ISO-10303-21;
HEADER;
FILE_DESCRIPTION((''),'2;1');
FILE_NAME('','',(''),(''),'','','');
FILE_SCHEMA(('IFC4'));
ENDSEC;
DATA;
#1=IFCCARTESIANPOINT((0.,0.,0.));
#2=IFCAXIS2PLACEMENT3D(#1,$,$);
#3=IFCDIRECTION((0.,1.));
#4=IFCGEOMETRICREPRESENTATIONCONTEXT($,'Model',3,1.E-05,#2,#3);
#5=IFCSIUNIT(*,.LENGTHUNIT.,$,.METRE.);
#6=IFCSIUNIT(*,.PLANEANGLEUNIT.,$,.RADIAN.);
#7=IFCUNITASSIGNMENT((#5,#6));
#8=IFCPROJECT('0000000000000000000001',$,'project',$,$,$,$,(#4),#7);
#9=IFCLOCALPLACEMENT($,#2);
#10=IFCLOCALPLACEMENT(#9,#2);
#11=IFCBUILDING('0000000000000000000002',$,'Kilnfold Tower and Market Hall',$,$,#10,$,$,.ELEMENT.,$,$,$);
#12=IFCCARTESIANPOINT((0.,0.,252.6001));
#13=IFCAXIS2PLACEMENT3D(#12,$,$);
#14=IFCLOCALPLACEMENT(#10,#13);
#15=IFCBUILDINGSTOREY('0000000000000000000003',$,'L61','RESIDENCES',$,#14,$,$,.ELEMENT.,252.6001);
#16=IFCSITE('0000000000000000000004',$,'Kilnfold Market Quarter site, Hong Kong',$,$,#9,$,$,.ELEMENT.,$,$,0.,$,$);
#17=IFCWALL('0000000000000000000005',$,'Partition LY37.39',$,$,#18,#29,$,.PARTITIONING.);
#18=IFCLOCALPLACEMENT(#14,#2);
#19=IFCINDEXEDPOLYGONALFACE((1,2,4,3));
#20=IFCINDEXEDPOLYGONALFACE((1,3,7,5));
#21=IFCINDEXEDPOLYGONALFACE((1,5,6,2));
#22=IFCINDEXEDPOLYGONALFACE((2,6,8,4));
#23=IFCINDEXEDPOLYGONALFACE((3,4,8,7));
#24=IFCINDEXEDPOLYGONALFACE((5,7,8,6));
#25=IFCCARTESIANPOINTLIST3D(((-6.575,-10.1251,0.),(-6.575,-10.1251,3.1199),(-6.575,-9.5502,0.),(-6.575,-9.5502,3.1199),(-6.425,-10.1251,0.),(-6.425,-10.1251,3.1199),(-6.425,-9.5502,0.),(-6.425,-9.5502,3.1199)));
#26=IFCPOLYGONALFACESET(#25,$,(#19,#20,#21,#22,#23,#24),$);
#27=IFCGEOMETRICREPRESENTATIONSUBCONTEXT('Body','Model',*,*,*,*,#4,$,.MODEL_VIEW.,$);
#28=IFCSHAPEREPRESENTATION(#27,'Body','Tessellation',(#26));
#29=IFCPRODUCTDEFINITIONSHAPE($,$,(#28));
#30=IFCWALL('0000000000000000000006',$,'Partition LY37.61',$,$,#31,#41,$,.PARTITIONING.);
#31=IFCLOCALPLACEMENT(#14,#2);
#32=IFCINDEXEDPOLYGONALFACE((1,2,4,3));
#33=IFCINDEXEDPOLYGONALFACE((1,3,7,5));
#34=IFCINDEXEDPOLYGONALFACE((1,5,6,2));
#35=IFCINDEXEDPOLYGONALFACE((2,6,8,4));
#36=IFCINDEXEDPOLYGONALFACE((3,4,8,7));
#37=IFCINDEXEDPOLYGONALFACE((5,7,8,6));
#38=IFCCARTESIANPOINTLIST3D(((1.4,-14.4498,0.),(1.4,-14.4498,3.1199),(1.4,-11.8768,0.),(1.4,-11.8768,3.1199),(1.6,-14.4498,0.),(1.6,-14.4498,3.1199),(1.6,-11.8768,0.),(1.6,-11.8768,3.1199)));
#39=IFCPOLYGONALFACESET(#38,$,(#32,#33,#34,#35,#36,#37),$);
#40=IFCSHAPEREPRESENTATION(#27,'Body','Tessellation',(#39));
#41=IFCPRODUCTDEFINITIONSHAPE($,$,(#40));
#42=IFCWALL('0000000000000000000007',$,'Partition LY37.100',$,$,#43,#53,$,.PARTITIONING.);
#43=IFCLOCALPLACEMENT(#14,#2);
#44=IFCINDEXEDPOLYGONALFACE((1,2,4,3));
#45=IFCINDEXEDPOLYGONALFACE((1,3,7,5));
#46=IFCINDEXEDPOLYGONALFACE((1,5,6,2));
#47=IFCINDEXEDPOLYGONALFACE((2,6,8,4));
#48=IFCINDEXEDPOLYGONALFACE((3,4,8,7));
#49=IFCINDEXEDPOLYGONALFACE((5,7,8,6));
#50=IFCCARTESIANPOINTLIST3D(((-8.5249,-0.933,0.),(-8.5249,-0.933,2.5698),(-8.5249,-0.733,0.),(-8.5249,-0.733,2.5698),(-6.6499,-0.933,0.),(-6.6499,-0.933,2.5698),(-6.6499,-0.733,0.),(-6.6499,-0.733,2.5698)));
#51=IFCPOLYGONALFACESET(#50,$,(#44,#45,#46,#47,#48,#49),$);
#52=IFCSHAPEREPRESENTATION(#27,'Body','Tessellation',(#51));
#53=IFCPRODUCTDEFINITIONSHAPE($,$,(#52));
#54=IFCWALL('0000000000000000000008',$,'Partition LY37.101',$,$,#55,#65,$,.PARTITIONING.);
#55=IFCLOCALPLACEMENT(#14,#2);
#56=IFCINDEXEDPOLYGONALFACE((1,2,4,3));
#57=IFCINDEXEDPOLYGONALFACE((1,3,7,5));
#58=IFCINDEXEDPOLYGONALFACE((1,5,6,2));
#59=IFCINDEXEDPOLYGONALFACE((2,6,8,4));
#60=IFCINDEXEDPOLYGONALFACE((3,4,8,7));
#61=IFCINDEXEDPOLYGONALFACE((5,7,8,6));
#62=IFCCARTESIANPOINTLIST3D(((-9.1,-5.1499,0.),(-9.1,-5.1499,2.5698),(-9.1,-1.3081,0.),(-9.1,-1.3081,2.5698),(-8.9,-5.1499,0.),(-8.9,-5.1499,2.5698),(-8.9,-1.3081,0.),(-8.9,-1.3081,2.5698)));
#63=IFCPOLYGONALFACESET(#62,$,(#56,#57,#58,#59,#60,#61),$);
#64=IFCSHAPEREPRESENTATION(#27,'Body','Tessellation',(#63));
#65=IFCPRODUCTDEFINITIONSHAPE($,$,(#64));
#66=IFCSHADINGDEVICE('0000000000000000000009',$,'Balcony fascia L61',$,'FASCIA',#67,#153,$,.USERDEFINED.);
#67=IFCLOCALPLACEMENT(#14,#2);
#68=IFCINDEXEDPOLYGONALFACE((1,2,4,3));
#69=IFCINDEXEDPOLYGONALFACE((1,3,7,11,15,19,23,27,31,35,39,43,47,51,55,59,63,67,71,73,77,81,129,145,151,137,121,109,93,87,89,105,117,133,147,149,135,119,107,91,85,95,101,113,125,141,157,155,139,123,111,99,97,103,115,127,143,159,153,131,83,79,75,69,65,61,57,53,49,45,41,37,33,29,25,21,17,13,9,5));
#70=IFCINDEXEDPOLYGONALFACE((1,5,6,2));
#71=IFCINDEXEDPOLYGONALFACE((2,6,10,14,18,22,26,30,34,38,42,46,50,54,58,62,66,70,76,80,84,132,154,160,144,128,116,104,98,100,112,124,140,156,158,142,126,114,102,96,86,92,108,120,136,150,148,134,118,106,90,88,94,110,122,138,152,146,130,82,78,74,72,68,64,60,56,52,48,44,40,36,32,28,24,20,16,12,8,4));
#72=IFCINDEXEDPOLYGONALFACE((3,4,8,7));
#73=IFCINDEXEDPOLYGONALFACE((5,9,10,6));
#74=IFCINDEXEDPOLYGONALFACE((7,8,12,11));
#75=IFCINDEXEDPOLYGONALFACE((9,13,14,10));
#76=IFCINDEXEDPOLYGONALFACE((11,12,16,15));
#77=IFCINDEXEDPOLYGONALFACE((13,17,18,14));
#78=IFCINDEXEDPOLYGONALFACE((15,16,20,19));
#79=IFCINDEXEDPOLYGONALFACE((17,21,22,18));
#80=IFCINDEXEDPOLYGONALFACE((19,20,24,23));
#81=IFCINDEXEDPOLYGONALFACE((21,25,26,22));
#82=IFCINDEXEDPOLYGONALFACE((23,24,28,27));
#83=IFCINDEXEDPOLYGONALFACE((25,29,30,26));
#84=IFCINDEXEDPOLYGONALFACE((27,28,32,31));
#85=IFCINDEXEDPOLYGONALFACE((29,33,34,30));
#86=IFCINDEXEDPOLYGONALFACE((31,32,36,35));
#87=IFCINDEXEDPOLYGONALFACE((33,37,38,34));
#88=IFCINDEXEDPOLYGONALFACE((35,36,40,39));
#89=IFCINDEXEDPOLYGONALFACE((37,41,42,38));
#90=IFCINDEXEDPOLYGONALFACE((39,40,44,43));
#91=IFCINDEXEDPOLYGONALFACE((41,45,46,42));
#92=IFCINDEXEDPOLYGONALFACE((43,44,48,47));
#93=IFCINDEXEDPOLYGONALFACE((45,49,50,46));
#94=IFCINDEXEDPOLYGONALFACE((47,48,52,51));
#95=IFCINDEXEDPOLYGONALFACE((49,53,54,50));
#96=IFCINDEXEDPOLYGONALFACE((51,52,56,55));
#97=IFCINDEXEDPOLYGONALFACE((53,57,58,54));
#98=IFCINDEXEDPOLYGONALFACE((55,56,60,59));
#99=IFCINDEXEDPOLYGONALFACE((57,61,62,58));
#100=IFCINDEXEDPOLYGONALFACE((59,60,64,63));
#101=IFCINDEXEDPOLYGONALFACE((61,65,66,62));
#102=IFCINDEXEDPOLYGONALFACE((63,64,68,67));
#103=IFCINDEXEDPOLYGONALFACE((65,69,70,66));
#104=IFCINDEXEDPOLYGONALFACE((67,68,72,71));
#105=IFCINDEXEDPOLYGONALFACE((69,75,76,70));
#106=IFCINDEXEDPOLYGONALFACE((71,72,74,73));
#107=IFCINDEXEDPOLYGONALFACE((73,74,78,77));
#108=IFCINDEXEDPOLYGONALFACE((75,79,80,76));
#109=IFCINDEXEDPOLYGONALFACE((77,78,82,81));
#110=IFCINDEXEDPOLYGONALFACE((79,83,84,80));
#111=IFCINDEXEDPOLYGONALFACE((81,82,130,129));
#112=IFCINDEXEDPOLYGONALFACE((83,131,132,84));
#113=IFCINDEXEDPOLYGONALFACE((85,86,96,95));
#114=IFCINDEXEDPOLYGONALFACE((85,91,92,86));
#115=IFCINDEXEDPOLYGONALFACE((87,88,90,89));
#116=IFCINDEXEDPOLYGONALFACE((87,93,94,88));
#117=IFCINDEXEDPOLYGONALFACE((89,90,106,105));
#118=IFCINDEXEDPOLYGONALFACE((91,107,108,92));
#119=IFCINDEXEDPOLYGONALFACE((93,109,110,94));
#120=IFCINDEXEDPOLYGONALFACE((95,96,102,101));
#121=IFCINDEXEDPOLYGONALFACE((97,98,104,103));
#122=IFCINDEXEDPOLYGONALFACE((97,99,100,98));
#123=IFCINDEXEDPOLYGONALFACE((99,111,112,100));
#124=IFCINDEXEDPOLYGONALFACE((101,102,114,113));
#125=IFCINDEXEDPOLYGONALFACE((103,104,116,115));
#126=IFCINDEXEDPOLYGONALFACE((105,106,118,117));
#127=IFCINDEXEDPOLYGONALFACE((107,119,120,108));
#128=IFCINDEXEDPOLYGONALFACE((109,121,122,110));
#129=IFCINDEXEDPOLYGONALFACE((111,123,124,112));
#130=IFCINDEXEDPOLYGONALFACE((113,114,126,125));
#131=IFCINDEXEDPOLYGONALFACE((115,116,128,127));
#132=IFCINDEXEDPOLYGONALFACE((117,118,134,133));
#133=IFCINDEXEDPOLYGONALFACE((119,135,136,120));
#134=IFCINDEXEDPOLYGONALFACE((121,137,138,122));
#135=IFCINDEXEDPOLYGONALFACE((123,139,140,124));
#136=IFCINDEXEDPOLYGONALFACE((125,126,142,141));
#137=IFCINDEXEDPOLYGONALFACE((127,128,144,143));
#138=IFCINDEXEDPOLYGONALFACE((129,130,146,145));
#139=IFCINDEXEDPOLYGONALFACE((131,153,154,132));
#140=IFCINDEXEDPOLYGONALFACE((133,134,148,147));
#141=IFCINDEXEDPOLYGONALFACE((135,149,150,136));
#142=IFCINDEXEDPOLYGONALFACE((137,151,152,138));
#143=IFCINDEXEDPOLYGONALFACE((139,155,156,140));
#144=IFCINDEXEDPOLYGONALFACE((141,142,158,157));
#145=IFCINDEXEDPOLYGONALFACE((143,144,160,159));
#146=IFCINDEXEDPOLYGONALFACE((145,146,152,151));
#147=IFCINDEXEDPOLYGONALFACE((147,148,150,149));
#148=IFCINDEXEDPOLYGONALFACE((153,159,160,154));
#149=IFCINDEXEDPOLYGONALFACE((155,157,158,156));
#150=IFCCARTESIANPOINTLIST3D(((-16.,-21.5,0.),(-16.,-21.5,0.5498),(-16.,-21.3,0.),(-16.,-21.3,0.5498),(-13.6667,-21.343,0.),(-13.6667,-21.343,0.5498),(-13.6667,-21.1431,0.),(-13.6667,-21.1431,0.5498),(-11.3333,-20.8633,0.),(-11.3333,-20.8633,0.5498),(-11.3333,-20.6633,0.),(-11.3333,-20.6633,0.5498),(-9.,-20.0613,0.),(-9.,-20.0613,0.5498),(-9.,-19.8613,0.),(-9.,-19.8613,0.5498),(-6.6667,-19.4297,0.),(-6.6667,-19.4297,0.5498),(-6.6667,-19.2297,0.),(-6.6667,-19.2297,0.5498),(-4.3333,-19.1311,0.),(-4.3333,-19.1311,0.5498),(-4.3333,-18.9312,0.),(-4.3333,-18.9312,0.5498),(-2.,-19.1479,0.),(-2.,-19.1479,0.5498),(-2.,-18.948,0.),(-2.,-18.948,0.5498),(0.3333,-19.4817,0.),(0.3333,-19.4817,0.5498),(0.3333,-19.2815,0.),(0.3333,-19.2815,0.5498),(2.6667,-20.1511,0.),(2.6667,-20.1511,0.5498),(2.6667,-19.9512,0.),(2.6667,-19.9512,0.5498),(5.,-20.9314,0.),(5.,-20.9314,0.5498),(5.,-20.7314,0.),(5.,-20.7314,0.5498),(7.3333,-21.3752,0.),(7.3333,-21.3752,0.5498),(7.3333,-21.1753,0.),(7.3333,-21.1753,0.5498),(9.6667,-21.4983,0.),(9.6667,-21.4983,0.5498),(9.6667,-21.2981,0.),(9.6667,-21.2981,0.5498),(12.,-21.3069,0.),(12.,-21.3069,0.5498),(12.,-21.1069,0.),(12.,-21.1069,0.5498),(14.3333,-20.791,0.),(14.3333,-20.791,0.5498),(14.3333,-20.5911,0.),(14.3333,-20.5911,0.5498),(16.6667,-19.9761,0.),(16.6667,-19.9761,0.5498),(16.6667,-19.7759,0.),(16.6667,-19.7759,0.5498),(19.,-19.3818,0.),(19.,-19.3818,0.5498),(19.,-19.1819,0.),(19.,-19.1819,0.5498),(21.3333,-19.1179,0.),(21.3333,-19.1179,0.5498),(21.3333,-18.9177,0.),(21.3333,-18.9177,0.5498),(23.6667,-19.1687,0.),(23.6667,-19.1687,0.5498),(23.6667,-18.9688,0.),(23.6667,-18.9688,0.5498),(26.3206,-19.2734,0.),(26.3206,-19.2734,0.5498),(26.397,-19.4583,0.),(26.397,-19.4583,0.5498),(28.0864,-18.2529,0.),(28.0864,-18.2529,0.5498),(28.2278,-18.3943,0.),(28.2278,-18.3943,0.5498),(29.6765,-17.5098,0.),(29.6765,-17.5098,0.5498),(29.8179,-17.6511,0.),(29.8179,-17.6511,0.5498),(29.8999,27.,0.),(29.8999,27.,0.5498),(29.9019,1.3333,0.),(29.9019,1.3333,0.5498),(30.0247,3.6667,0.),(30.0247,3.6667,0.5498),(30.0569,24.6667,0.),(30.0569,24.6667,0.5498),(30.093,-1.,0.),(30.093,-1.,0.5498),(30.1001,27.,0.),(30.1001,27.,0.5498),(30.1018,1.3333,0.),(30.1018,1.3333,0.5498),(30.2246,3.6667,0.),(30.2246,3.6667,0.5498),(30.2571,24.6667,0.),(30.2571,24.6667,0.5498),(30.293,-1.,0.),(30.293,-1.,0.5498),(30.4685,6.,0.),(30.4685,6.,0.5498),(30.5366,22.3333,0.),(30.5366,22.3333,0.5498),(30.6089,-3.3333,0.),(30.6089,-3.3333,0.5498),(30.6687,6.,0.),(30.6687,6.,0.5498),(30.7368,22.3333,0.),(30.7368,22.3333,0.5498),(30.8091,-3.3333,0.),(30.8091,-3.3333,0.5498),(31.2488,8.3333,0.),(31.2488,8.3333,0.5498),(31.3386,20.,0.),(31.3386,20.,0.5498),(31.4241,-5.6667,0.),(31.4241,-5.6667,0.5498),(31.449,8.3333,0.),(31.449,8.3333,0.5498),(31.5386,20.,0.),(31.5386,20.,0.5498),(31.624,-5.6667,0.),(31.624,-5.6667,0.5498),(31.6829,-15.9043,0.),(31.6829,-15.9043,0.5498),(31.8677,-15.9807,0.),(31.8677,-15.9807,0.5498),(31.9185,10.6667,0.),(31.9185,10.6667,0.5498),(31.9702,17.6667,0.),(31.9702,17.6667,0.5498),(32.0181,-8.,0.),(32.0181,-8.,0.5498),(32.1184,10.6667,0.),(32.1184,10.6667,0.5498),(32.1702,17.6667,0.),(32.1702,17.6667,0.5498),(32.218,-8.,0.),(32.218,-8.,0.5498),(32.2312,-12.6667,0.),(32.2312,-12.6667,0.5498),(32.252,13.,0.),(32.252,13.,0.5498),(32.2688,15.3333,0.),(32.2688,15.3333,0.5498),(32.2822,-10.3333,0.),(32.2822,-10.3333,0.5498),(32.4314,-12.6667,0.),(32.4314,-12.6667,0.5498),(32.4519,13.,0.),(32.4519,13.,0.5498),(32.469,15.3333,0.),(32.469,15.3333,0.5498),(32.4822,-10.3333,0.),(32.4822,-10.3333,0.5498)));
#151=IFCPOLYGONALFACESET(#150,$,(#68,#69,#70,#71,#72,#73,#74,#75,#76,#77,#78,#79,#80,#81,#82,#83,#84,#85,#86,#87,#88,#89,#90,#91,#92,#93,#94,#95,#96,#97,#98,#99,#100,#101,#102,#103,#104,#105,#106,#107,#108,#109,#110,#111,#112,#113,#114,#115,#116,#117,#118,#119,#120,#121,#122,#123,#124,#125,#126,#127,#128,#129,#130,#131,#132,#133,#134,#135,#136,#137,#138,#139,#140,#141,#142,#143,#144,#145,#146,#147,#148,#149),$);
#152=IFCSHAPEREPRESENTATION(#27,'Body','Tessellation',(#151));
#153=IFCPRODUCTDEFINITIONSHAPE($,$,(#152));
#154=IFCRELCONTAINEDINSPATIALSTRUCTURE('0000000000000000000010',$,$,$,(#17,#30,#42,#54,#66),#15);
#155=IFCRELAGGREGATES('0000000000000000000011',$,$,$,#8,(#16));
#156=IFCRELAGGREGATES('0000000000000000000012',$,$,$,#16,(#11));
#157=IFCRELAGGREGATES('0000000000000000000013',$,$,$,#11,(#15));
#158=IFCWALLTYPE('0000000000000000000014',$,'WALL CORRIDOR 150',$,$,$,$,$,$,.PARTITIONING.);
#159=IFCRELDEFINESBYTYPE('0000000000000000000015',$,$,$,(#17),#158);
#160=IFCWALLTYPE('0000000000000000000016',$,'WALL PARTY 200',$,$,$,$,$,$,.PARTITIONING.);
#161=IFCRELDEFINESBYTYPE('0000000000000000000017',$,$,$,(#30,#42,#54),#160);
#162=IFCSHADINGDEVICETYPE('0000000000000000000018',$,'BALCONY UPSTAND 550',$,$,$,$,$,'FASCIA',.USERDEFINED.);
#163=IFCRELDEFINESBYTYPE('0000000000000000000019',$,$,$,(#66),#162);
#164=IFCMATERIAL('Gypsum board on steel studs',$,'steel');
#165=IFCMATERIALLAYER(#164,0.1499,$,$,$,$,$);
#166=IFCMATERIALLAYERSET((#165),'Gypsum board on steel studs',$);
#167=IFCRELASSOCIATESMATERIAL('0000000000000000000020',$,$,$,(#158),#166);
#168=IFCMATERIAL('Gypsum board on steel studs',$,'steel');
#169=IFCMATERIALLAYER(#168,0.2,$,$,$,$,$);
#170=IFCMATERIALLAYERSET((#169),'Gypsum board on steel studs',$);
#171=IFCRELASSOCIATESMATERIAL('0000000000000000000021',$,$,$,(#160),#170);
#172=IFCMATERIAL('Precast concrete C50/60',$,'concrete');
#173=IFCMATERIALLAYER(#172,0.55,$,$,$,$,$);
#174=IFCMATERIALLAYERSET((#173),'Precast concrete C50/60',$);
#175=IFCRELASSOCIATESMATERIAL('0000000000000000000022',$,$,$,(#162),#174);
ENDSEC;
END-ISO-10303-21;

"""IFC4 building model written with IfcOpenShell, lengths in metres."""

from ifc_helpers import new_model, si_unit, direction, frame, frame_2d, origin, place, context, subcontext, project, spatial, polyline, rectangle, outline, extrude, source, transform, mapped, material, layer, layer_set, type_object, element, save


model = new_model("IFC4")

# Units and contexts
model_context = context("Model", 3, precision=1e-05, world=origin(), true_north=direction((0.0, 1.0)))
body_context = subcontext(model_context, "Body", "Model", "MODEL_VIEW")
ifc_project = project(units=[si_unit("LENGTHUNIT", "METRE"), si_unit("PLANEANGLEUNIT", "RADIAN")], contexts=[model_context])

# Site, building, storey
site_placement = place(None, origin())
site = spatial("IfcSite", under=ifc_project, at=site_placement, Name="Kilnfold Market Quarter site, Hong Kong", CompositionType="ELEMENT", RefElevation=0.0)
building_placement = place(site_placement, origin())
building = spatial("IfcBuilding", under=site, at=building_placement, Name="Kilnfold Tower and Market Hall", CompositionType="ELEMENT")
storey_placement = place(building_placement, frame((0.0, 0.0, 252.6001)))
storey = spatial("IfcBuildingStorey", under=building, at=storey_placement, Name="L61", Description="RESIDENCES", CompositionType="ELEMENT", Elevation=252.6001)

# Walls
ifc_material_1 = material(Name="Gypsum board on steel studs", Category="steel")
ifc_layer_1 = layer(ifc_material_1, 0.1499)
ifc_layer_set_1 = layer_set([ifc_layer_1], Name="Gypsum board on steel studs")
wall_type_1 = type_object("IfcWallType", Name="WALL CORRIDOR 150", PredefinedType="PARTITIONING", material=ifc_layer_set_1)
wall_1_placement = place(storey_placement, frame((-6.5, -9.55, 0.0), z_axis=(0.0, 0.0, 1.0), x_axis=(0.0, -1.0, 0.0)))
element("IfcWall", 1, at=wall_1_placement, inside=storey, type_object=wall_type_1, Name="Partition LY37.39", PredefinedType="PARTITIONING", context=body_context, shape_type="SweptSolid", body=[
    extrude(rectangle(XDim=0.575, YDim=0.1499, at=frame_2d((0.2876, 0.0))), origin(), (0.0, 0.0, 1.0), 3.1199),
])
ifc_material_2 = material(Name="Gypsum board on steel studs", Category="steel")
ifc_layer_2 = layer(ifc_material_2, 0.2)
ifc_layer_set_2 = layer_set([ifc_layer_2], Name="Gypsum board on steel studs")
wall_type_2 = type_object("IfcWallType", Name="WALL PARTY 200", PredefinedType="PARTITIONING", material=ifc_layer_set_2)
wall_2_placement = place(storey_placement, frame((1.5, -14.45, 0.0), z_axis=(0.0, 0.0, 1.0), x_axis=(0.0, 1.0, 0.0)))
element("IfcWall", 2, at=wall_2_placement, inside=storey, type_object=wall_type_2, Name="Partition LY37.61", PredefinedType="PARTITIONING", context=body_context, shape_type="SweptSolid", body=[
    extrude(rectangle(XDim=2.573, YDim=0.2, at=frame_2d((1.2866, 0.0))), origin(), (0.0, 0.0, 1.0), 3.1199),
])
wall_3_placement = place(storey_placement, frame((-8.5249, -0.833, 0.0), z_axis=(0.0, 0.0, 1.0), x_axis=(1.0, 0.0, 0.0)))
element("IfcWall", 3, at=wall_3_placement, inside=storey, type_object=wall_type_2, Name="Partition LY37.100", PredefinedType="PARTITIONING", context=body_context, shape_type="SweptSolid", body=[
    extrude(rectangle(XDim=1.875, YDim=0.2, at=frame_2d((0.9375, 0.0))), origin(), (0.0, 0.0, 1.0), 2.5698),
])
wall_4_placement = place(storey_placement, frame((-9.0, -5.1499, 0.0), z_axis=(0.0, 0.0, 1.0), x_axis=(0.0, 1.0, 0.0)))
element("IfcWall", 4, at=wall_4_placement, inside=storey, type_object=wall_type_2, Name="Partition LY37.101", PredefinedType="PARTITIONING", context=body_context, shape_type="SweptSolid", body=[
    extrude(rectangle(XDim=3.8418, YDim=0.2, at=frame_2d((1.9209, 0.0))), origin(), (0.0, 0.0, 1.0), 2.5698),
])

# Shading device
ifc_material_3 = material(Name="Precast concrete C50/60", Category="concrete")
ifc_layer_3 = layer(ifc_material_3, 0.55)
ifc_layer_set_3 = layer_set([ifc_layer_3], Name="Precast concrete C50/60")
shading_device_type_1 = type_object("IfcShadingDeviceType", Name="BALCONY UPSTAND 550", ElementType="FASCIA", PredefinedType="USERDEFINED", material=ifc_layer_set_3)
shared_shape_1 = source(origin(), body_context, "Body", "SweptSolid", [
    extrude(outline(polyline([(-16.0, -21.5), (-13.6667, -21.343), (-11.3333, -20.8633), (-9.0, -20.0613), (-6.6667, -19.4297), (-4.3333, -19.1311), (-2.0, -19.1479), (0.3333, -19.4817), (2.6667, -20.1511), (5.0, -20.9314), (7.3333, -21.3752), (9.6667, -21.4983), (12.0, -21.3069), (14.3333, -20.791), (16.6667, -19.9761), (19.0, -19.3818), (21.3333, -19.1179), (23.6667, -19.1687), (26.397, -19.4583), (28.2278, -18.3943), (29.8179, -17.6511), (31.8677, -15.9807), (32.4314, -12.6667), (32.4822, -10.3333), (32.218, -8.0), (31.624, -5.6667), (30.8091, -3.3333), (30.293, -1.0), (30.1018, 1.3333), (30.2246, 3.6667), (30.6687, 6.0), (31.449, 8.3333), (32.1184, 10.6667), (32.4519, 13.0), (32.469, 15.3333), (32.1702, 17.6667), (31.5386, 20.0), (30.7368, 22.3333), (30.2571, 24.6667), (30.1001, 27.0), (29.8999, 27.0), (30.0569, 24.6667), (30.5366, 22.3333), (31.3386, 20.0), (31.9702, 17.6667), (32.2688, 15.3333), (32.252, 13.0), (31.9185, 10.6667), (31.2488, 8.3333), (30.4685, 6.0), (30.0247, 3.6667), (29.9019, 1.3333), (30.093, -1.0), (30.6089, -3.3333), (31.4241, -5.6667), (32.0181, -8.0), (32.2822, -10.3333), (32.2312, -12.6667), (31.6829, -15.9043), (29.6765, -17.5098), (28.0864, -18.2529), (26.3206, -19.2734), (23.6667, -18.9688), (21.3333, -18.9177), (19.0, -19.1819), (16.6667, -19.7759), (14.3333, -20.5911), (12.0, -21.1069), (9.6667, -21.2981), (7.3333, -21.1753), (5.0, -20.7314), (2.6667, -19.9512), (0.3333, -19.2815), (-2.0, -18.948), (-4.3333, -18.9312), (-6.6667, -19.2297), (-9.0, -19.8613), (-11.3333, -20.6633), (-13.6667, -21.1431), (-16.0, -21.3), (-16.0, -21.5)])), origin(), (0.0, 0.0, 1.0), 0.5498),
])
shading_device_1_placement = place(storey_placement, origin())
element("IfcShadingDevice", 5, at=shading_device_1_placement, inside=storey, type_object=shading_device_type_1, Name="Balcony fascia L61", ObjectType="FASCIA", PredefinedType="USERDEFINED", context=body_context, shape_type="MappedRepresentation", body=[
    mapped(shared_shape_1, transform((0.0, 0.0, 0.0))),
])

save(model, "model.ifc")
